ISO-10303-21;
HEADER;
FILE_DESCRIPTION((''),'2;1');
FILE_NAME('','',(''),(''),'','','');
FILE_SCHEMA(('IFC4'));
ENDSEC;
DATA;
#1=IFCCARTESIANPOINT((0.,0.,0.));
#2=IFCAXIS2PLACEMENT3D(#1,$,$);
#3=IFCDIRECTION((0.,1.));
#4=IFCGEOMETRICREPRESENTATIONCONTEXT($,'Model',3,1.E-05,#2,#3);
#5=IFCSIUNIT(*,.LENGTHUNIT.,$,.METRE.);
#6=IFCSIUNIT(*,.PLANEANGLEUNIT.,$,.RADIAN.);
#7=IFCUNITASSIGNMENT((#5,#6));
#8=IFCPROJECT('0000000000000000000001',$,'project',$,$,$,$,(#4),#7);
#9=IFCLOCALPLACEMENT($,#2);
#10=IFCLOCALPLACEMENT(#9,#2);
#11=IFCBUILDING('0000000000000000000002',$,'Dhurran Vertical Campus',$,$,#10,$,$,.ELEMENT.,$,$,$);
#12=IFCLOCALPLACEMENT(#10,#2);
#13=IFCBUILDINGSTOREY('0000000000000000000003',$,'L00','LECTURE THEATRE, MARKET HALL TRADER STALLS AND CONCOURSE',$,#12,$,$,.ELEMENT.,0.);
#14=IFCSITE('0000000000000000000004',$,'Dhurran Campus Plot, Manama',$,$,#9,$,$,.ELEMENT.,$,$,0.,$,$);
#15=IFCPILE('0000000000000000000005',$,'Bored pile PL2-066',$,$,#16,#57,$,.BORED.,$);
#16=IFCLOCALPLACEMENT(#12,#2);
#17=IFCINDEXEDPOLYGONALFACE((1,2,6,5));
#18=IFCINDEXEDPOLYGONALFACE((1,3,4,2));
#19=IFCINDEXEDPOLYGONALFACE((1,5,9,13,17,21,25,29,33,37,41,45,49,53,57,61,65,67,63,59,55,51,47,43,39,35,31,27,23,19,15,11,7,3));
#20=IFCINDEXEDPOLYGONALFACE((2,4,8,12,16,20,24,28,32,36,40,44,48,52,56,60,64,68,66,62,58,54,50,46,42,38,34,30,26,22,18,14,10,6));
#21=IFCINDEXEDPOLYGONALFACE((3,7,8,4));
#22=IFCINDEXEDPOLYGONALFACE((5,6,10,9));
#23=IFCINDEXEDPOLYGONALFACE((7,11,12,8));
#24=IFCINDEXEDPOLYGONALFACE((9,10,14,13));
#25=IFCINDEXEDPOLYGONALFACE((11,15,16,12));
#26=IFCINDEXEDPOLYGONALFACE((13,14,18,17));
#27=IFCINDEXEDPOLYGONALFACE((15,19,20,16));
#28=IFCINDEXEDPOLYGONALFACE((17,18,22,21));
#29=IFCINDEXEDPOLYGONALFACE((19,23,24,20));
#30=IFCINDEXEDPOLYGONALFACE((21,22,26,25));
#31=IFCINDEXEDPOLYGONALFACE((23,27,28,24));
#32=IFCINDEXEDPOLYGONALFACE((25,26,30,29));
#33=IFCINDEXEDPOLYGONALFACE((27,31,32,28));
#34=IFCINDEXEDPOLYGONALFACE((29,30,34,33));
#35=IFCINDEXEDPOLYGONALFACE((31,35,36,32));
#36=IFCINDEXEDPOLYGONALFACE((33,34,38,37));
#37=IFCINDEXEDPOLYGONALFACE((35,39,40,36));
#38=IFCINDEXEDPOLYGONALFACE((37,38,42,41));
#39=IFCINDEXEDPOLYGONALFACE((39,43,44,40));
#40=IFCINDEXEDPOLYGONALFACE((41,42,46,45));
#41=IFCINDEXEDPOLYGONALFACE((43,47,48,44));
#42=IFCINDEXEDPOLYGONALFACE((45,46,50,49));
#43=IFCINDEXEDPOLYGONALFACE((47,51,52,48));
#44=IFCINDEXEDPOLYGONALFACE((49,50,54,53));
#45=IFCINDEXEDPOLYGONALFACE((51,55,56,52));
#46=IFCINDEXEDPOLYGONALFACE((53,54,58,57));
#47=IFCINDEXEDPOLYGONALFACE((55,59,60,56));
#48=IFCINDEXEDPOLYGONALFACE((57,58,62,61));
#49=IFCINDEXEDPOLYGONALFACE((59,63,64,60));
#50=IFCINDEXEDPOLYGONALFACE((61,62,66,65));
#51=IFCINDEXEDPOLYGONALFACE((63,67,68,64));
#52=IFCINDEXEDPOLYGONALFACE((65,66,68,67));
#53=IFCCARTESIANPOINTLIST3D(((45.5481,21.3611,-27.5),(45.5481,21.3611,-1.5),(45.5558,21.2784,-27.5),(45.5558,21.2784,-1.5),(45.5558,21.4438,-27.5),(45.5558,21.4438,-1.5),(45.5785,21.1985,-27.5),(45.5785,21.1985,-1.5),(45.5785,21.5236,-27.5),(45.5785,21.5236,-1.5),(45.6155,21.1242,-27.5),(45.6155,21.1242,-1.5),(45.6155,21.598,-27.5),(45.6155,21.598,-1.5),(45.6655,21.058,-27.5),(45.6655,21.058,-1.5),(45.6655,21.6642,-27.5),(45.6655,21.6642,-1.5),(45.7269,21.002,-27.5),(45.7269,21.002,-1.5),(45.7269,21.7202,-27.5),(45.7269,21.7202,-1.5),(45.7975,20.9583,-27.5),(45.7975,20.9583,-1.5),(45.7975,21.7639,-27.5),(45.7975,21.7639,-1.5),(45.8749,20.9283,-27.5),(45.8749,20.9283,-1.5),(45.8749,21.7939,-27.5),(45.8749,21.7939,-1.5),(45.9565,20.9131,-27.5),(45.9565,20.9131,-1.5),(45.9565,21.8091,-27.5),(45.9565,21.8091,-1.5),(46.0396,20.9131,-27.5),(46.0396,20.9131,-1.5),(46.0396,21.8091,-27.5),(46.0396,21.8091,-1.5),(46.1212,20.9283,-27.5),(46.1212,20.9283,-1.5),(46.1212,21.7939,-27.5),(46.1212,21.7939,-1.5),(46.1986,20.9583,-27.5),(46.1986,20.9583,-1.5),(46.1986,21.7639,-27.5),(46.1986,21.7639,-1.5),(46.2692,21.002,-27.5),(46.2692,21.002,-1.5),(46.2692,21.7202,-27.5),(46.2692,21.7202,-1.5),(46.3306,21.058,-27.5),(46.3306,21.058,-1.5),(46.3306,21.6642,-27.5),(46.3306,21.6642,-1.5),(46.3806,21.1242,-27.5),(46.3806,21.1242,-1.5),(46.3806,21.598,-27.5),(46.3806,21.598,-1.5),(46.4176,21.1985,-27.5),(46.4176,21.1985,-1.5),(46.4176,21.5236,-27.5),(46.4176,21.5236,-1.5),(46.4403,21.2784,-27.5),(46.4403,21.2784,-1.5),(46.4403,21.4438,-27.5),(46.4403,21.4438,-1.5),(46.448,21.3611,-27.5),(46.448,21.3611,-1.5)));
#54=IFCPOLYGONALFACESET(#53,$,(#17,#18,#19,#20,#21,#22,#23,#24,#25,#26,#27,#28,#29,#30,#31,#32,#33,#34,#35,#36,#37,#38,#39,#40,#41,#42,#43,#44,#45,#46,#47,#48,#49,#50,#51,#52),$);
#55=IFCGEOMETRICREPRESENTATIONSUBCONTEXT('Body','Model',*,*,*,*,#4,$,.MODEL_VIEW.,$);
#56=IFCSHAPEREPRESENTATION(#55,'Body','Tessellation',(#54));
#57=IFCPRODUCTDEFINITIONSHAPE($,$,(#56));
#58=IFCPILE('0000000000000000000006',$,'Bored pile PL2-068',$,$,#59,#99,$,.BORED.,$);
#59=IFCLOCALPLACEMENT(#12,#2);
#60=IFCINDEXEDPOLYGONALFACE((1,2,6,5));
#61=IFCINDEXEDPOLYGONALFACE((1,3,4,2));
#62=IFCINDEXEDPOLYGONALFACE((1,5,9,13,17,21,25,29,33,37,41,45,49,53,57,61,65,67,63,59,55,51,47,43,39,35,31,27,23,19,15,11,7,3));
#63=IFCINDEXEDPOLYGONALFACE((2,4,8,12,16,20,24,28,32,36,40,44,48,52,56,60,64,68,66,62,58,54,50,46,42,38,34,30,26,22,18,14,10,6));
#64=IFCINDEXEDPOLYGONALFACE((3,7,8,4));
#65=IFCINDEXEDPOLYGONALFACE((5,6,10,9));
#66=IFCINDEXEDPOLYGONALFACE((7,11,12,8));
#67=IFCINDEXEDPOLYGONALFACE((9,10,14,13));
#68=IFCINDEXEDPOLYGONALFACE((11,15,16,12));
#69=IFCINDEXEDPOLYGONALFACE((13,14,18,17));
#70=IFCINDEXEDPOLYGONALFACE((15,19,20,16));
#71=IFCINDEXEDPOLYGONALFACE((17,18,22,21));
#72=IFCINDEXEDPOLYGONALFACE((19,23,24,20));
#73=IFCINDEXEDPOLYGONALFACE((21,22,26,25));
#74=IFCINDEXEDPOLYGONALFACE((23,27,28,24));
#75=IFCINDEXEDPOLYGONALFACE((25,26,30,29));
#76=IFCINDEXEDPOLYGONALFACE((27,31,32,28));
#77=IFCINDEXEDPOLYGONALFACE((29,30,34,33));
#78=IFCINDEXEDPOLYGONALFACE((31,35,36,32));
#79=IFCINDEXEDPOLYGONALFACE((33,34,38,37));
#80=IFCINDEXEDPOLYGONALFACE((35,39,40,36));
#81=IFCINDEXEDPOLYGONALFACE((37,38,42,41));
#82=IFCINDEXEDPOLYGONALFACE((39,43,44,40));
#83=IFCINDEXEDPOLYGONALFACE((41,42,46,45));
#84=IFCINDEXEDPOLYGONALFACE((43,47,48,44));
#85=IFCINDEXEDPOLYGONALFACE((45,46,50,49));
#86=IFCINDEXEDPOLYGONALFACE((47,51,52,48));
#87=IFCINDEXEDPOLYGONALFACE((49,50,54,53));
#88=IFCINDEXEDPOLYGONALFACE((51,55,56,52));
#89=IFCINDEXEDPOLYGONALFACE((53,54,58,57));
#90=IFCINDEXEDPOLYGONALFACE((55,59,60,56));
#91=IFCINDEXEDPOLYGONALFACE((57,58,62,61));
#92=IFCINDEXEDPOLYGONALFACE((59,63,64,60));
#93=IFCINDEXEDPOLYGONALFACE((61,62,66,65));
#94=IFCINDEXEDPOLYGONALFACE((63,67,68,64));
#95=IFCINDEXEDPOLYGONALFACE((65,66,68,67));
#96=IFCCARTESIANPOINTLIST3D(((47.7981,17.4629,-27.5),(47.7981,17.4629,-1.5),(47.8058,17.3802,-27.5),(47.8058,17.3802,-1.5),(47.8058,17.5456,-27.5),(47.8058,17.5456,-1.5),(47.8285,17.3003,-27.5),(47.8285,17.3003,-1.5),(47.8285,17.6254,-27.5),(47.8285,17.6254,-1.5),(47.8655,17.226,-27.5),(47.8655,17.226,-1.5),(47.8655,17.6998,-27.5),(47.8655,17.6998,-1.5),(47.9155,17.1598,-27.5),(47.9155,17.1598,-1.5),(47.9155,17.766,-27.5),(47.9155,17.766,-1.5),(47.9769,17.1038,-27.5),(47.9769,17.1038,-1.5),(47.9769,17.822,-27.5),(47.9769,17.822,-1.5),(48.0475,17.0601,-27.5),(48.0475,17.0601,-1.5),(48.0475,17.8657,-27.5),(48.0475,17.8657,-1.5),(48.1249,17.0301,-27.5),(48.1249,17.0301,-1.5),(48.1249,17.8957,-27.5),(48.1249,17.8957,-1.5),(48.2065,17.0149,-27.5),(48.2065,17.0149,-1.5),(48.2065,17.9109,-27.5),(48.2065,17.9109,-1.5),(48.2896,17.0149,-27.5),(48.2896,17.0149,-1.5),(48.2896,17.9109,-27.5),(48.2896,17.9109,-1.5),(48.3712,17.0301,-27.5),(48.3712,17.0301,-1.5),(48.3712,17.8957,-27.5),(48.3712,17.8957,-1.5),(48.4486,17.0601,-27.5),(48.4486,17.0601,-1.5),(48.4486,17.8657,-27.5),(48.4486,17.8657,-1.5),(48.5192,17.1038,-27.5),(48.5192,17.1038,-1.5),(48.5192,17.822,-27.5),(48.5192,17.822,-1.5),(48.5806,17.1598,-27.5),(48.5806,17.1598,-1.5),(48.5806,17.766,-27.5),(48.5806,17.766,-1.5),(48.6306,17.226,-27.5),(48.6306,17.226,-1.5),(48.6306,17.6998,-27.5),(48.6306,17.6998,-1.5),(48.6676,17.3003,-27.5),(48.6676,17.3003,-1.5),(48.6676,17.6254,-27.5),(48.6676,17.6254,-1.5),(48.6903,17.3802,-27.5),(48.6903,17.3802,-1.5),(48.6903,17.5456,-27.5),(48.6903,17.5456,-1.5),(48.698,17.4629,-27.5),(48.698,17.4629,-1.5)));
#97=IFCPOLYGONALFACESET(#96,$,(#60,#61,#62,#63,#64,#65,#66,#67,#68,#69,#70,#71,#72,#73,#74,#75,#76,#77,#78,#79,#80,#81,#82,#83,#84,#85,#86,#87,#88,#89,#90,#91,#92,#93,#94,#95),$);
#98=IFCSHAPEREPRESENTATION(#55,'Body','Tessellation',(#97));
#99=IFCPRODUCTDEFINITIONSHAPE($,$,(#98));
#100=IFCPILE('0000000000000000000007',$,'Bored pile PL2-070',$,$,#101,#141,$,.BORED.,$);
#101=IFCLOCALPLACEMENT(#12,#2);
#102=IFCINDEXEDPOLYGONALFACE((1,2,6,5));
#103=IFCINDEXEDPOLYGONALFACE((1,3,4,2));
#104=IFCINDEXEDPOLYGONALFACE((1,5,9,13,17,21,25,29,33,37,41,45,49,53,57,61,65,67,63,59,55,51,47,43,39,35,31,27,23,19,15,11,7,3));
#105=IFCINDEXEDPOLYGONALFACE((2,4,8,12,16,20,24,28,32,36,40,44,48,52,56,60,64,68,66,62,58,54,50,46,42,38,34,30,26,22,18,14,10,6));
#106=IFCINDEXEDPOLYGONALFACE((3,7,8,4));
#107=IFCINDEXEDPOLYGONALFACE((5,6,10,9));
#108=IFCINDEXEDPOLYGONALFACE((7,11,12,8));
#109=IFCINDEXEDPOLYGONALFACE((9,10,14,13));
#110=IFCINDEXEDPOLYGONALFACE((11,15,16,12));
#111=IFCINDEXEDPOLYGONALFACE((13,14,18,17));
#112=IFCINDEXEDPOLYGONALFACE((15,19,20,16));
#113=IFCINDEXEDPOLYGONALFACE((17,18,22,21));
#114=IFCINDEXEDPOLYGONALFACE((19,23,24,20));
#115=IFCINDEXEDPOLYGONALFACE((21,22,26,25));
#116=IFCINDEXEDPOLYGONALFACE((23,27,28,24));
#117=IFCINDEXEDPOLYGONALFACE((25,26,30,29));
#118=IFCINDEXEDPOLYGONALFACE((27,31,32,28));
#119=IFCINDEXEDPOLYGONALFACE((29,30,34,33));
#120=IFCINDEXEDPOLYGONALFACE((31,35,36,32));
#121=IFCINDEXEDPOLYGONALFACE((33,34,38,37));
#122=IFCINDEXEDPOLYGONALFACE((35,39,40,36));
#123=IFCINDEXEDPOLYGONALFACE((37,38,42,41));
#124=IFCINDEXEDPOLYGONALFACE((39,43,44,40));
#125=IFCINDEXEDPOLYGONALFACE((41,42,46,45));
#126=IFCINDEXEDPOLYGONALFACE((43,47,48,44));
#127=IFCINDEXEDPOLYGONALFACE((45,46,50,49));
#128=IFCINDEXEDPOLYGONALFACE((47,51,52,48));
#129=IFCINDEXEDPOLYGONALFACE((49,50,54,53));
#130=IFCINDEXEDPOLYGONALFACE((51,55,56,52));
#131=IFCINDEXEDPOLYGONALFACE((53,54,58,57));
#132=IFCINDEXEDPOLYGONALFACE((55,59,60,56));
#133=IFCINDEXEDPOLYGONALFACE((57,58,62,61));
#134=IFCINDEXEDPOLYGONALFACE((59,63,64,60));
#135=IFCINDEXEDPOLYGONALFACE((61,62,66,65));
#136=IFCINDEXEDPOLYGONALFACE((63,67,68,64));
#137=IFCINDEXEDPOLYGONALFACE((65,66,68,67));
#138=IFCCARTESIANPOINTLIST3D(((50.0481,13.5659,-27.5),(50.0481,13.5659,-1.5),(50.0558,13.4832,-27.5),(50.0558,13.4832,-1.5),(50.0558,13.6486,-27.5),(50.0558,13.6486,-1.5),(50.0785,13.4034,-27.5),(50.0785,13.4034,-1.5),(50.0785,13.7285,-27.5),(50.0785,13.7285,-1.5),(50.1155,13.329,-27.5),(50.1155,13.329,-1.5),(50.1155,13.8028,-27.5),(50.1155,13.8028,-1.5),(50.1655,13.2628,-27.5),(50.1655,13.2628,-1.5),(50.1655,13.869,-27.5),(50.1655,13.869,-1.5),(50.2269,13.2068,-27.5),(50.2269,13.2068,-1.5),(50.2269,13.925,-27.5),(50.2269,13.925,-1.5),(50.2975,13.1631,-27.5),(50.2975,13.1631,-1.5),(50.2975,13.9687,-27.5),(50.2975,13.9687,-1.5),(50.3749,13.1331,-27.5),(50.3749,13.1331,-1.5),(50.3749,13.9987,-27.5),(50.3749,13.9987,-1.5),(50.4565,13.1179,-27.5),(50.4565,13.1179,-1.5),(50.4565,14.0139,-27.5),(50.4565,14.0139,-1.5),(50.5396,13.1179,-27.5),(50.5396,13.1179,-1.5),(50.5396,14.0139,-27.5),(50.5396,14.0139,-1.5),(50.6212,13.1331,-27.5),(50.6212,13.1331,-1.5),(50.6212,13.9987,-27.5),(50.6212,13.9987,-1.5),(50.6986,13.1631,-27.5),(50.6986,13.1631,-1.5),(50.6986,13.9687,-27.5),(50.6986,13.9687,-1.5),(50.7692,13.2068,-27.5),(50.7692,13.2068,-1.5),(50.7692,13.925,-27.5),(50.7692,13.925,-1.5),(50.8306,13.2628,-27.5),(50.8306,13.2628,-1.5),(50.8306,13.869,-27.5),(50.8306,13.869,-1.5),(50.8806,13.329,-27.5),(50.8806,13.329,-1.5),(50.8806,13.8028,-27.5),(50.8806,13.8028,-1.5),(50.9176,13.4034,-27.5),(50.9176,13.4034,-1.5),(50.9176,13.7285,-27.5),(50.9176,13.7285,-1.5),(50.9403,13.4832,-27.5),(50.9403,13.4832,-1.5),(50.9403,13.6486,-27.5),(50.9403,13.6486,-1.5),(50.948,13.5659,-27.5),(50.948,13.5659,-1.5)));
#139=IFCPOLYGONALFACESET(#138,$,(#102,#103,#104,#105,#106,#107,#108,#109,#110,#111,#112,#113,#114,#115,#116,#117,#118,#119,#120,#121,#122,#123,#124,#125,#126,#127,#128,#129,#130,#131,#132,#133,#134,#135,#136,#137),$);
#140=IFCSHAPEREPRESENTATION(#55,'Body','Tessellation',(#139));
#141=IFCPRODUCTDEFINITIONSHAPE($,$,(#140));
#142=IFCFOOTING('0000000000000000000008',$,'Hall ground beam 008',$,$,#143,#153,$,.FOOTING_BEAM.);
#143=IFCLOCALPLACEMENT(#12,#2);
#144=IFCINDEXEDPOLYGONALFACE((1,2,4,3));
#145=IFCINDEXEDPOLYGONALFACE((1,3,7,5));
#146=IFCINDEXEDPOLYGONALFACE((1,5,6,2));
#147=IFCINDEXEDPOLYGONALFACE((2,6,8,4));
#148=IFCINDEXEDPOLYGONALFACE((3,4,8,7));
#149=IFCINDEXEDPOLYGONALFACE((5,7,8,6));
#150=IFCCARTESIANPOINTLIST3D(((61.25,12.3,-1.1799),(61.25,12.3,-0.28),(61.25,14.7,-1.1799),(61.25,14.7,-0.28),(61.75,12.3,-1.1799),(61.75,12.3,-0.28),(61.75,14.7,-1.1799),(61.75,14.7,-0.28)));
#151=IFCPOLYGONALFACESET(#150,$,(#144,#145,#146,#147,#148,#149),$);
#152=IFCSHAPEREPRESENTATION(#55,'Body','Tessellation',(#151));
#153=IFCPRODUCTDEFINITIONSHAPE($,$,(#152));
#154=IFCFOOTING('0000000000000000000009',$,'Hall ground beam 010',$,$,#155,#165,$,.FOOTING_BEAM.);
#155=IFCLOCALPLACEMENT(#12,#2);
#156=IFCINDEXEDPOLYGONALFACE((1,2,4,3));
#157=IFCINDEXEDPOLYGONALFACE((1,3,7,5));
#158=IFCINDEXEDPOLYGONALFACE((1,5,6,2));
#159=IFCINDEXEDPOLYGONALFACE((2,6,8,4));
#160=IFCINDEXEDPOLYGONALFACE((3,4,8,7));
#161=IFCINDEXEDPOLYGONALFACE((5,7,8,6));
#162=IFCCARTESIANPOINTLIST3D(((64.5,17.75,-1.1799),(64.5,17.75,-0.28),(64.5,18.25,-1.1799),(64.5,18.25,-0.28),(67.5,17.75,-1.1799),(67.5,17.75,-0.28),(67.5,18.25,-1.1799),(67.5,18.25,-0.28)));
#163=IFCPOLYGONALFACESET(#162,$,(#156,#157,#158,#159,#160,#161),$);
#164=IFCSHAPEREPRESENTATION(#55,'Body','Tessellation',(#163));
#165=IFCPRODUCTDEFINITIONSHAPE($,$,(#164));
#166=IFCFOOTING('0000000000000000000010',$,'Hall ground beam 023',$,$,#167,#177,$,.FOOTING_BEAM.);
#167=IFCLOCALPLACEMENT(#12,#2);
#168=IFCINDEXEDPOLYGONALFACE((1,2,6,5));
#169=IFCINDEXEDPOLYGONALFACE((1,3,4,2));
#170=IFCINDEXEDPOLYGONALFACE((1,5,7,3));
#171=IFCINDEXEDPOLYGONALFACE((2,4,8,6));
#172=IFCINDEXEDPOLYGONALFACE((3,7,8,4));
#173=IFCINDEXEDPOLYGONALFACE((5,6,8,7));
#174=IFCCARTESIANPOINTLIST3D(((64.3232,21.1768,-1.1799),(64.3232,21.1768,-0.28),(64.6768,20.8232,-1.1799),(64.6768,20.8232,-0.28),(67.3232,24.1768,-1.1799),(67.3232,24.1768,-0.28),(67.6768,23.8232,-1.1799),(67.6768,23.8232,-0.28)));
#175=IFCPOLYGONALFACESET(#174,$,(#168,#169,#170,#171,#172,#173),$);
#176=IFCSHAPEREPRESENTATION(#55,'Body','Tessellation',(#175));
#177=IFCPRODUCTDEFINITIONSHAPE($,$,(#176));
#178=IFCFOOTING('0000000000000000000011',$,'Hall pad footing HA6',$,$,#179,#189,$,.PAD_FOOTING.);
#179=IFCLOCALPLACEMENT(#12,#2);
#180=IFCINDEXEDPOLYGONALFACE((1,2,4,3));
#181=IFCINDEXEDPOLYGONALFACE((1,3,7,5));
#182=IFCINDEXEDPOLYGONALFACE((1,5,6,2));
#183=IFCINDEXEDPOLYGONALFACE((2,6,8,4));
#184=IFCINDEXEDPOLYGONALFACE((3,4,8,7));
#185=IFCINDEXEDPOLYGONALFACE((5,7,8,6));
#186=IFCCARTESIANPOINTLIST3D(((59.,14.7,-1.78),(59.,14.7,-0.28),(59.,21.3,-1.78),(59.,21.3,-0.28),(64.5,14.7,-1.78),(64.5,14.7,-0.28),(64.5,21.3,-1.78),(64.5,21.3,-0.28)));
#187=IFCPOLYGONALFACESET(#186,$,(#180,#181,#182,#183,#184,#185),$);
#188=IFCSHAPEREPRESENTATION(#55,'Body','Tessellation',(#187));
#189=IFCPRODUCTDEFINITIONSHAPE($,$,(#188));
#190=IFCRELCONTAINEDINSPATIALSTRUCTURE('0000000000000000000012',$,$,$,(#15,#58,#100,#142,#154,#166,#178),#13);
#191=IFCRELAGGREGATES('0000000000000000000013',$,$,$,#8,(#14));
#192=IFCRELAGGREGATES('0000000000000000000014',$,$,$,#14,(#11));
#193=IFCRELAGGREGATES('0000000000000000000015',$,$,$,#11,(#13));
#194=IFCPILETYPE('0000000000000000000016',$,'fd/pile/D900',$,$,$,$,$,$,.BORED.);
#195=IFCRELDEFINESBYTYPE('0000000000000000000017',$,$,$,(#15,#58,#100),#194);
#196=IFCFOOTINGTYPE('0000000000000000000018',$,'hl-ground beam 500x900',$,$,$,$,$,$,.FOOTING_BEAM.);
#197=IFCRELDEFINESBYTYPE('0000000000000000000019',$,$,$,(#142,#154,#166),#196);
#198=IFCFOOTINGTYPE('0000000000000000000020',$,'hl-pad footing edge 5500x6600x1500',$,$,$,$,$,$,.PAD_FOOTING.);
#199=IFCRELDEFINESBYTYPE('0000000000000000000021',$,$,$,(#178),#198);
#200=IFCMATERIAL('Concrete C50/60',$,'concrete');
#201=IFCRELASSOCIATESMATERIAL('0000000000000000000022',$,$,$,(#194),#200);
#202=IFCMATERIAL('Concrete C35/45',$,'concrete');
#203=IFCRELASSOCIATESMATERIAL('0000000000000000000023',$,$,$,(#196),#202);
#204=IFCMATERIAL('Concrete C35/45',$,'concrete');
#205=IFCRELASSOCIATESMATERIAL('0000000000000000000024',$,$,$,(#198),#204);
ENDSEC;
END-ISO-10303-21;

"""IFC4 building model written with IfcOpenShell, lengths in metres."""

from ifc_helpers import new_model, si_unit, direction, frame, origin, origin_2d, place, context, subcontext, project, spatial, rectangle, circle, extrude, material, material_profile, profile_set, type_object, element, save


model = new_model("IFC4")

# Units and contexts
model_context = context("Model", 3, precision=1e-05, world=origin(), true_north=direction((0.0, 1.0)))
body_context = subcontext(model_context, "Body", "Model", "MODEL_VIEW")
ifc_project = project(units=[si_unit("LENGTHUNIT", "METRE"), si_unit("PLANEANGLEUNIT", "RADIAN")], contexts=[model_context])

# Site, building, storey
site_placement = place(None, origin())
site = spatial("IfcSite", under=ifc_project, at=site_placement, Name="Dhurran Campus Plot, Manama", CompositionType="ELEMENT", RefElevation=0.0)
building_placement = place(site_placement, origin())
building = spatial("IfcBuilding", under=site, at=building_placement, Name="Dhurran Vertical Campus", CompositionType="ELEMENT")
storey_placement = place(building_placement, origin())
storey = spatial("IfcBuildingStorey", under=building, at=storey_placement, Name="L00", Description="LECTURE THEATRE, MARKET HALL TRADER STALLS AND CONCOURSE", CompositionType="ELEMENT", Elevation=0.0)

# Piles
ifc_material_1 = material(Name="Concrete C50/60", Category="concrete")
ifc_material_profile_1 = material_profile(ifc_material_1, circle(Radius=0.45, at=origin_2d()), Name="fd/pile/D900")
ifc_profile_set_1 = profile_set([ifc_material_profile_1], Name="Concrete C50/60")
pile_type = type_object("IfcPileType", Name="fd/pile/D900", PredefinedType="BORED", material=ifc_profile_set_1)
for number, where, z_axis, x_axis, name in (
    (1, (45.998, 21.3611, -1.5), (0.0, 0.0, -1.0), (1.0, 0.0, 0.0), "Bored pile PL2-066"),
    (2, (48.248, 17.4629, -1.5), (0.0, 0.0, -1.0), (1.0, 0.0, 0.0), "Bored pile PL2-068"),
    (3, (50.498, 13.5659, -1.5), (0.0, 0.0, -1.0), (1.0, 0.0, 0.0), "Bored pile PL2-070"),
):
    element("IfcPile", number, at=place(storey_placement, frame(where, z_axis=z_axis, x_axis=x_axis)), inside=storey, type_object=pile_type, Name=name, PredefinedType="BORED", context=body_context, shape_type="SweptSolid", body=[
        extrude(circle(Radius=0.45, at=origin_2d()), origin(), (0.0, 0.0, 1.0), 26.0),
    ])

# Footings
ifc_material_2 = material(Name="Concrete C35/45", Category="concrete")
ifc_material_profile_2 = material_profile(ifc_material_2, rectangle(XDim=0.5, YDim=0.8999, at=origin_2d()), Name="hl-ground beam 500x900")
ifc_profile_set_2 = profile_set([ifc_material_profile_2], Name="Concrete C35/45")
footing_type_1 = type_object("IfcFootingType", Name="hl-ground beam 500x900", PredefinedType="FOOTING_BEAM", material=ifc_profile_set_2)
footing_1_placement = place(storey_placement, frame((61.5, 12.3, -0.73), z_axis=(0.0, 1.0, 0.0), x_axis=(-1.0, 0.0, 0.0)))
element("IfcFooting", 4, at=footing_1_placement, inside=storey, type_object=footing_type_1, Name="Hall ground beam 008", PredefinedType="FOOTING_BEAM", context=body_context, shape_type="SweptSolid", body=[
    extrude(rectangle(XDim=0.5, YDim=0.8999, at=origin_2d()), origin(), (0.0, 0.0, 1.0), 2.3999),
])
footing_2_placement = place(storey_placement, frame((64.5, 18.0, -0.73), z_axis=(1.0, 0.0, 0.0), x_axis=(0.0, 1.0, 0.0)))
element("IfcFooting", 5, at=footing_2_placement, inside=storey, type_object=footing_type_1, Name="Hall ground beam 010", PredefinedType="FOOTING_BEAM", context=body_context, shape_type="SweptSolid", body=[
    extrude(rectangle(XDim=0.5, YDim=0.8999, at=origin_2d()), origin(), (0.0, 0.0, 1.0), 3.0),
])
footing_3_placement = place(storey_placement, frame((67.5, 24.0, -0.73), z_axis=(-0.707107, -0.707107, 0.0), x_axis=(0.707107, -0.707107, 0.0)))
element("IfcFooting", 6, at=footing_3_placement, inside=storey, type_object=footing_type_1, Name="Hall ground beam 023", PredefinedType="FOOTING_BEAM", context=body_context, shape_type="SweptSolid", body=[
    extrude(rectangle(XDim=0.5, YDim=0.8999, at=origin_2d()), origin(), (0.0, 0.0, 1.0), 4.2427),
])
ifc_material_3 = material(Name="Concrete C35/45", Category="concrete")
footing_type_2 = type_object("IfcFootingType", Name="hl-pad footing edge 5500x6600x1500", PredefinedType="PAD_FOOTING", material=ifc_material_3)
footing_4_placement = place(storey_placement, frame((61.75, 18.0, -1.78), z_axis=(0.0, 0.0, 1.0), x_axis=(1.0, 0.0, 0.0)))
element("IfcFooting", 7, at=footing_4_placement, inside=storey, type_object=footing_type_2, Name="Hall pad footing HA6", PredefinedType="PAD_FOOTING", context=body_context, shape_type="SweptSolid", body=[
    extrude(rectangle(XDim=5.5, YDim=6.6001, at=origin_2d()), origin(), (0.0, 0.0, 1.0), 1.5),
])

save(model, "model.ifc")
